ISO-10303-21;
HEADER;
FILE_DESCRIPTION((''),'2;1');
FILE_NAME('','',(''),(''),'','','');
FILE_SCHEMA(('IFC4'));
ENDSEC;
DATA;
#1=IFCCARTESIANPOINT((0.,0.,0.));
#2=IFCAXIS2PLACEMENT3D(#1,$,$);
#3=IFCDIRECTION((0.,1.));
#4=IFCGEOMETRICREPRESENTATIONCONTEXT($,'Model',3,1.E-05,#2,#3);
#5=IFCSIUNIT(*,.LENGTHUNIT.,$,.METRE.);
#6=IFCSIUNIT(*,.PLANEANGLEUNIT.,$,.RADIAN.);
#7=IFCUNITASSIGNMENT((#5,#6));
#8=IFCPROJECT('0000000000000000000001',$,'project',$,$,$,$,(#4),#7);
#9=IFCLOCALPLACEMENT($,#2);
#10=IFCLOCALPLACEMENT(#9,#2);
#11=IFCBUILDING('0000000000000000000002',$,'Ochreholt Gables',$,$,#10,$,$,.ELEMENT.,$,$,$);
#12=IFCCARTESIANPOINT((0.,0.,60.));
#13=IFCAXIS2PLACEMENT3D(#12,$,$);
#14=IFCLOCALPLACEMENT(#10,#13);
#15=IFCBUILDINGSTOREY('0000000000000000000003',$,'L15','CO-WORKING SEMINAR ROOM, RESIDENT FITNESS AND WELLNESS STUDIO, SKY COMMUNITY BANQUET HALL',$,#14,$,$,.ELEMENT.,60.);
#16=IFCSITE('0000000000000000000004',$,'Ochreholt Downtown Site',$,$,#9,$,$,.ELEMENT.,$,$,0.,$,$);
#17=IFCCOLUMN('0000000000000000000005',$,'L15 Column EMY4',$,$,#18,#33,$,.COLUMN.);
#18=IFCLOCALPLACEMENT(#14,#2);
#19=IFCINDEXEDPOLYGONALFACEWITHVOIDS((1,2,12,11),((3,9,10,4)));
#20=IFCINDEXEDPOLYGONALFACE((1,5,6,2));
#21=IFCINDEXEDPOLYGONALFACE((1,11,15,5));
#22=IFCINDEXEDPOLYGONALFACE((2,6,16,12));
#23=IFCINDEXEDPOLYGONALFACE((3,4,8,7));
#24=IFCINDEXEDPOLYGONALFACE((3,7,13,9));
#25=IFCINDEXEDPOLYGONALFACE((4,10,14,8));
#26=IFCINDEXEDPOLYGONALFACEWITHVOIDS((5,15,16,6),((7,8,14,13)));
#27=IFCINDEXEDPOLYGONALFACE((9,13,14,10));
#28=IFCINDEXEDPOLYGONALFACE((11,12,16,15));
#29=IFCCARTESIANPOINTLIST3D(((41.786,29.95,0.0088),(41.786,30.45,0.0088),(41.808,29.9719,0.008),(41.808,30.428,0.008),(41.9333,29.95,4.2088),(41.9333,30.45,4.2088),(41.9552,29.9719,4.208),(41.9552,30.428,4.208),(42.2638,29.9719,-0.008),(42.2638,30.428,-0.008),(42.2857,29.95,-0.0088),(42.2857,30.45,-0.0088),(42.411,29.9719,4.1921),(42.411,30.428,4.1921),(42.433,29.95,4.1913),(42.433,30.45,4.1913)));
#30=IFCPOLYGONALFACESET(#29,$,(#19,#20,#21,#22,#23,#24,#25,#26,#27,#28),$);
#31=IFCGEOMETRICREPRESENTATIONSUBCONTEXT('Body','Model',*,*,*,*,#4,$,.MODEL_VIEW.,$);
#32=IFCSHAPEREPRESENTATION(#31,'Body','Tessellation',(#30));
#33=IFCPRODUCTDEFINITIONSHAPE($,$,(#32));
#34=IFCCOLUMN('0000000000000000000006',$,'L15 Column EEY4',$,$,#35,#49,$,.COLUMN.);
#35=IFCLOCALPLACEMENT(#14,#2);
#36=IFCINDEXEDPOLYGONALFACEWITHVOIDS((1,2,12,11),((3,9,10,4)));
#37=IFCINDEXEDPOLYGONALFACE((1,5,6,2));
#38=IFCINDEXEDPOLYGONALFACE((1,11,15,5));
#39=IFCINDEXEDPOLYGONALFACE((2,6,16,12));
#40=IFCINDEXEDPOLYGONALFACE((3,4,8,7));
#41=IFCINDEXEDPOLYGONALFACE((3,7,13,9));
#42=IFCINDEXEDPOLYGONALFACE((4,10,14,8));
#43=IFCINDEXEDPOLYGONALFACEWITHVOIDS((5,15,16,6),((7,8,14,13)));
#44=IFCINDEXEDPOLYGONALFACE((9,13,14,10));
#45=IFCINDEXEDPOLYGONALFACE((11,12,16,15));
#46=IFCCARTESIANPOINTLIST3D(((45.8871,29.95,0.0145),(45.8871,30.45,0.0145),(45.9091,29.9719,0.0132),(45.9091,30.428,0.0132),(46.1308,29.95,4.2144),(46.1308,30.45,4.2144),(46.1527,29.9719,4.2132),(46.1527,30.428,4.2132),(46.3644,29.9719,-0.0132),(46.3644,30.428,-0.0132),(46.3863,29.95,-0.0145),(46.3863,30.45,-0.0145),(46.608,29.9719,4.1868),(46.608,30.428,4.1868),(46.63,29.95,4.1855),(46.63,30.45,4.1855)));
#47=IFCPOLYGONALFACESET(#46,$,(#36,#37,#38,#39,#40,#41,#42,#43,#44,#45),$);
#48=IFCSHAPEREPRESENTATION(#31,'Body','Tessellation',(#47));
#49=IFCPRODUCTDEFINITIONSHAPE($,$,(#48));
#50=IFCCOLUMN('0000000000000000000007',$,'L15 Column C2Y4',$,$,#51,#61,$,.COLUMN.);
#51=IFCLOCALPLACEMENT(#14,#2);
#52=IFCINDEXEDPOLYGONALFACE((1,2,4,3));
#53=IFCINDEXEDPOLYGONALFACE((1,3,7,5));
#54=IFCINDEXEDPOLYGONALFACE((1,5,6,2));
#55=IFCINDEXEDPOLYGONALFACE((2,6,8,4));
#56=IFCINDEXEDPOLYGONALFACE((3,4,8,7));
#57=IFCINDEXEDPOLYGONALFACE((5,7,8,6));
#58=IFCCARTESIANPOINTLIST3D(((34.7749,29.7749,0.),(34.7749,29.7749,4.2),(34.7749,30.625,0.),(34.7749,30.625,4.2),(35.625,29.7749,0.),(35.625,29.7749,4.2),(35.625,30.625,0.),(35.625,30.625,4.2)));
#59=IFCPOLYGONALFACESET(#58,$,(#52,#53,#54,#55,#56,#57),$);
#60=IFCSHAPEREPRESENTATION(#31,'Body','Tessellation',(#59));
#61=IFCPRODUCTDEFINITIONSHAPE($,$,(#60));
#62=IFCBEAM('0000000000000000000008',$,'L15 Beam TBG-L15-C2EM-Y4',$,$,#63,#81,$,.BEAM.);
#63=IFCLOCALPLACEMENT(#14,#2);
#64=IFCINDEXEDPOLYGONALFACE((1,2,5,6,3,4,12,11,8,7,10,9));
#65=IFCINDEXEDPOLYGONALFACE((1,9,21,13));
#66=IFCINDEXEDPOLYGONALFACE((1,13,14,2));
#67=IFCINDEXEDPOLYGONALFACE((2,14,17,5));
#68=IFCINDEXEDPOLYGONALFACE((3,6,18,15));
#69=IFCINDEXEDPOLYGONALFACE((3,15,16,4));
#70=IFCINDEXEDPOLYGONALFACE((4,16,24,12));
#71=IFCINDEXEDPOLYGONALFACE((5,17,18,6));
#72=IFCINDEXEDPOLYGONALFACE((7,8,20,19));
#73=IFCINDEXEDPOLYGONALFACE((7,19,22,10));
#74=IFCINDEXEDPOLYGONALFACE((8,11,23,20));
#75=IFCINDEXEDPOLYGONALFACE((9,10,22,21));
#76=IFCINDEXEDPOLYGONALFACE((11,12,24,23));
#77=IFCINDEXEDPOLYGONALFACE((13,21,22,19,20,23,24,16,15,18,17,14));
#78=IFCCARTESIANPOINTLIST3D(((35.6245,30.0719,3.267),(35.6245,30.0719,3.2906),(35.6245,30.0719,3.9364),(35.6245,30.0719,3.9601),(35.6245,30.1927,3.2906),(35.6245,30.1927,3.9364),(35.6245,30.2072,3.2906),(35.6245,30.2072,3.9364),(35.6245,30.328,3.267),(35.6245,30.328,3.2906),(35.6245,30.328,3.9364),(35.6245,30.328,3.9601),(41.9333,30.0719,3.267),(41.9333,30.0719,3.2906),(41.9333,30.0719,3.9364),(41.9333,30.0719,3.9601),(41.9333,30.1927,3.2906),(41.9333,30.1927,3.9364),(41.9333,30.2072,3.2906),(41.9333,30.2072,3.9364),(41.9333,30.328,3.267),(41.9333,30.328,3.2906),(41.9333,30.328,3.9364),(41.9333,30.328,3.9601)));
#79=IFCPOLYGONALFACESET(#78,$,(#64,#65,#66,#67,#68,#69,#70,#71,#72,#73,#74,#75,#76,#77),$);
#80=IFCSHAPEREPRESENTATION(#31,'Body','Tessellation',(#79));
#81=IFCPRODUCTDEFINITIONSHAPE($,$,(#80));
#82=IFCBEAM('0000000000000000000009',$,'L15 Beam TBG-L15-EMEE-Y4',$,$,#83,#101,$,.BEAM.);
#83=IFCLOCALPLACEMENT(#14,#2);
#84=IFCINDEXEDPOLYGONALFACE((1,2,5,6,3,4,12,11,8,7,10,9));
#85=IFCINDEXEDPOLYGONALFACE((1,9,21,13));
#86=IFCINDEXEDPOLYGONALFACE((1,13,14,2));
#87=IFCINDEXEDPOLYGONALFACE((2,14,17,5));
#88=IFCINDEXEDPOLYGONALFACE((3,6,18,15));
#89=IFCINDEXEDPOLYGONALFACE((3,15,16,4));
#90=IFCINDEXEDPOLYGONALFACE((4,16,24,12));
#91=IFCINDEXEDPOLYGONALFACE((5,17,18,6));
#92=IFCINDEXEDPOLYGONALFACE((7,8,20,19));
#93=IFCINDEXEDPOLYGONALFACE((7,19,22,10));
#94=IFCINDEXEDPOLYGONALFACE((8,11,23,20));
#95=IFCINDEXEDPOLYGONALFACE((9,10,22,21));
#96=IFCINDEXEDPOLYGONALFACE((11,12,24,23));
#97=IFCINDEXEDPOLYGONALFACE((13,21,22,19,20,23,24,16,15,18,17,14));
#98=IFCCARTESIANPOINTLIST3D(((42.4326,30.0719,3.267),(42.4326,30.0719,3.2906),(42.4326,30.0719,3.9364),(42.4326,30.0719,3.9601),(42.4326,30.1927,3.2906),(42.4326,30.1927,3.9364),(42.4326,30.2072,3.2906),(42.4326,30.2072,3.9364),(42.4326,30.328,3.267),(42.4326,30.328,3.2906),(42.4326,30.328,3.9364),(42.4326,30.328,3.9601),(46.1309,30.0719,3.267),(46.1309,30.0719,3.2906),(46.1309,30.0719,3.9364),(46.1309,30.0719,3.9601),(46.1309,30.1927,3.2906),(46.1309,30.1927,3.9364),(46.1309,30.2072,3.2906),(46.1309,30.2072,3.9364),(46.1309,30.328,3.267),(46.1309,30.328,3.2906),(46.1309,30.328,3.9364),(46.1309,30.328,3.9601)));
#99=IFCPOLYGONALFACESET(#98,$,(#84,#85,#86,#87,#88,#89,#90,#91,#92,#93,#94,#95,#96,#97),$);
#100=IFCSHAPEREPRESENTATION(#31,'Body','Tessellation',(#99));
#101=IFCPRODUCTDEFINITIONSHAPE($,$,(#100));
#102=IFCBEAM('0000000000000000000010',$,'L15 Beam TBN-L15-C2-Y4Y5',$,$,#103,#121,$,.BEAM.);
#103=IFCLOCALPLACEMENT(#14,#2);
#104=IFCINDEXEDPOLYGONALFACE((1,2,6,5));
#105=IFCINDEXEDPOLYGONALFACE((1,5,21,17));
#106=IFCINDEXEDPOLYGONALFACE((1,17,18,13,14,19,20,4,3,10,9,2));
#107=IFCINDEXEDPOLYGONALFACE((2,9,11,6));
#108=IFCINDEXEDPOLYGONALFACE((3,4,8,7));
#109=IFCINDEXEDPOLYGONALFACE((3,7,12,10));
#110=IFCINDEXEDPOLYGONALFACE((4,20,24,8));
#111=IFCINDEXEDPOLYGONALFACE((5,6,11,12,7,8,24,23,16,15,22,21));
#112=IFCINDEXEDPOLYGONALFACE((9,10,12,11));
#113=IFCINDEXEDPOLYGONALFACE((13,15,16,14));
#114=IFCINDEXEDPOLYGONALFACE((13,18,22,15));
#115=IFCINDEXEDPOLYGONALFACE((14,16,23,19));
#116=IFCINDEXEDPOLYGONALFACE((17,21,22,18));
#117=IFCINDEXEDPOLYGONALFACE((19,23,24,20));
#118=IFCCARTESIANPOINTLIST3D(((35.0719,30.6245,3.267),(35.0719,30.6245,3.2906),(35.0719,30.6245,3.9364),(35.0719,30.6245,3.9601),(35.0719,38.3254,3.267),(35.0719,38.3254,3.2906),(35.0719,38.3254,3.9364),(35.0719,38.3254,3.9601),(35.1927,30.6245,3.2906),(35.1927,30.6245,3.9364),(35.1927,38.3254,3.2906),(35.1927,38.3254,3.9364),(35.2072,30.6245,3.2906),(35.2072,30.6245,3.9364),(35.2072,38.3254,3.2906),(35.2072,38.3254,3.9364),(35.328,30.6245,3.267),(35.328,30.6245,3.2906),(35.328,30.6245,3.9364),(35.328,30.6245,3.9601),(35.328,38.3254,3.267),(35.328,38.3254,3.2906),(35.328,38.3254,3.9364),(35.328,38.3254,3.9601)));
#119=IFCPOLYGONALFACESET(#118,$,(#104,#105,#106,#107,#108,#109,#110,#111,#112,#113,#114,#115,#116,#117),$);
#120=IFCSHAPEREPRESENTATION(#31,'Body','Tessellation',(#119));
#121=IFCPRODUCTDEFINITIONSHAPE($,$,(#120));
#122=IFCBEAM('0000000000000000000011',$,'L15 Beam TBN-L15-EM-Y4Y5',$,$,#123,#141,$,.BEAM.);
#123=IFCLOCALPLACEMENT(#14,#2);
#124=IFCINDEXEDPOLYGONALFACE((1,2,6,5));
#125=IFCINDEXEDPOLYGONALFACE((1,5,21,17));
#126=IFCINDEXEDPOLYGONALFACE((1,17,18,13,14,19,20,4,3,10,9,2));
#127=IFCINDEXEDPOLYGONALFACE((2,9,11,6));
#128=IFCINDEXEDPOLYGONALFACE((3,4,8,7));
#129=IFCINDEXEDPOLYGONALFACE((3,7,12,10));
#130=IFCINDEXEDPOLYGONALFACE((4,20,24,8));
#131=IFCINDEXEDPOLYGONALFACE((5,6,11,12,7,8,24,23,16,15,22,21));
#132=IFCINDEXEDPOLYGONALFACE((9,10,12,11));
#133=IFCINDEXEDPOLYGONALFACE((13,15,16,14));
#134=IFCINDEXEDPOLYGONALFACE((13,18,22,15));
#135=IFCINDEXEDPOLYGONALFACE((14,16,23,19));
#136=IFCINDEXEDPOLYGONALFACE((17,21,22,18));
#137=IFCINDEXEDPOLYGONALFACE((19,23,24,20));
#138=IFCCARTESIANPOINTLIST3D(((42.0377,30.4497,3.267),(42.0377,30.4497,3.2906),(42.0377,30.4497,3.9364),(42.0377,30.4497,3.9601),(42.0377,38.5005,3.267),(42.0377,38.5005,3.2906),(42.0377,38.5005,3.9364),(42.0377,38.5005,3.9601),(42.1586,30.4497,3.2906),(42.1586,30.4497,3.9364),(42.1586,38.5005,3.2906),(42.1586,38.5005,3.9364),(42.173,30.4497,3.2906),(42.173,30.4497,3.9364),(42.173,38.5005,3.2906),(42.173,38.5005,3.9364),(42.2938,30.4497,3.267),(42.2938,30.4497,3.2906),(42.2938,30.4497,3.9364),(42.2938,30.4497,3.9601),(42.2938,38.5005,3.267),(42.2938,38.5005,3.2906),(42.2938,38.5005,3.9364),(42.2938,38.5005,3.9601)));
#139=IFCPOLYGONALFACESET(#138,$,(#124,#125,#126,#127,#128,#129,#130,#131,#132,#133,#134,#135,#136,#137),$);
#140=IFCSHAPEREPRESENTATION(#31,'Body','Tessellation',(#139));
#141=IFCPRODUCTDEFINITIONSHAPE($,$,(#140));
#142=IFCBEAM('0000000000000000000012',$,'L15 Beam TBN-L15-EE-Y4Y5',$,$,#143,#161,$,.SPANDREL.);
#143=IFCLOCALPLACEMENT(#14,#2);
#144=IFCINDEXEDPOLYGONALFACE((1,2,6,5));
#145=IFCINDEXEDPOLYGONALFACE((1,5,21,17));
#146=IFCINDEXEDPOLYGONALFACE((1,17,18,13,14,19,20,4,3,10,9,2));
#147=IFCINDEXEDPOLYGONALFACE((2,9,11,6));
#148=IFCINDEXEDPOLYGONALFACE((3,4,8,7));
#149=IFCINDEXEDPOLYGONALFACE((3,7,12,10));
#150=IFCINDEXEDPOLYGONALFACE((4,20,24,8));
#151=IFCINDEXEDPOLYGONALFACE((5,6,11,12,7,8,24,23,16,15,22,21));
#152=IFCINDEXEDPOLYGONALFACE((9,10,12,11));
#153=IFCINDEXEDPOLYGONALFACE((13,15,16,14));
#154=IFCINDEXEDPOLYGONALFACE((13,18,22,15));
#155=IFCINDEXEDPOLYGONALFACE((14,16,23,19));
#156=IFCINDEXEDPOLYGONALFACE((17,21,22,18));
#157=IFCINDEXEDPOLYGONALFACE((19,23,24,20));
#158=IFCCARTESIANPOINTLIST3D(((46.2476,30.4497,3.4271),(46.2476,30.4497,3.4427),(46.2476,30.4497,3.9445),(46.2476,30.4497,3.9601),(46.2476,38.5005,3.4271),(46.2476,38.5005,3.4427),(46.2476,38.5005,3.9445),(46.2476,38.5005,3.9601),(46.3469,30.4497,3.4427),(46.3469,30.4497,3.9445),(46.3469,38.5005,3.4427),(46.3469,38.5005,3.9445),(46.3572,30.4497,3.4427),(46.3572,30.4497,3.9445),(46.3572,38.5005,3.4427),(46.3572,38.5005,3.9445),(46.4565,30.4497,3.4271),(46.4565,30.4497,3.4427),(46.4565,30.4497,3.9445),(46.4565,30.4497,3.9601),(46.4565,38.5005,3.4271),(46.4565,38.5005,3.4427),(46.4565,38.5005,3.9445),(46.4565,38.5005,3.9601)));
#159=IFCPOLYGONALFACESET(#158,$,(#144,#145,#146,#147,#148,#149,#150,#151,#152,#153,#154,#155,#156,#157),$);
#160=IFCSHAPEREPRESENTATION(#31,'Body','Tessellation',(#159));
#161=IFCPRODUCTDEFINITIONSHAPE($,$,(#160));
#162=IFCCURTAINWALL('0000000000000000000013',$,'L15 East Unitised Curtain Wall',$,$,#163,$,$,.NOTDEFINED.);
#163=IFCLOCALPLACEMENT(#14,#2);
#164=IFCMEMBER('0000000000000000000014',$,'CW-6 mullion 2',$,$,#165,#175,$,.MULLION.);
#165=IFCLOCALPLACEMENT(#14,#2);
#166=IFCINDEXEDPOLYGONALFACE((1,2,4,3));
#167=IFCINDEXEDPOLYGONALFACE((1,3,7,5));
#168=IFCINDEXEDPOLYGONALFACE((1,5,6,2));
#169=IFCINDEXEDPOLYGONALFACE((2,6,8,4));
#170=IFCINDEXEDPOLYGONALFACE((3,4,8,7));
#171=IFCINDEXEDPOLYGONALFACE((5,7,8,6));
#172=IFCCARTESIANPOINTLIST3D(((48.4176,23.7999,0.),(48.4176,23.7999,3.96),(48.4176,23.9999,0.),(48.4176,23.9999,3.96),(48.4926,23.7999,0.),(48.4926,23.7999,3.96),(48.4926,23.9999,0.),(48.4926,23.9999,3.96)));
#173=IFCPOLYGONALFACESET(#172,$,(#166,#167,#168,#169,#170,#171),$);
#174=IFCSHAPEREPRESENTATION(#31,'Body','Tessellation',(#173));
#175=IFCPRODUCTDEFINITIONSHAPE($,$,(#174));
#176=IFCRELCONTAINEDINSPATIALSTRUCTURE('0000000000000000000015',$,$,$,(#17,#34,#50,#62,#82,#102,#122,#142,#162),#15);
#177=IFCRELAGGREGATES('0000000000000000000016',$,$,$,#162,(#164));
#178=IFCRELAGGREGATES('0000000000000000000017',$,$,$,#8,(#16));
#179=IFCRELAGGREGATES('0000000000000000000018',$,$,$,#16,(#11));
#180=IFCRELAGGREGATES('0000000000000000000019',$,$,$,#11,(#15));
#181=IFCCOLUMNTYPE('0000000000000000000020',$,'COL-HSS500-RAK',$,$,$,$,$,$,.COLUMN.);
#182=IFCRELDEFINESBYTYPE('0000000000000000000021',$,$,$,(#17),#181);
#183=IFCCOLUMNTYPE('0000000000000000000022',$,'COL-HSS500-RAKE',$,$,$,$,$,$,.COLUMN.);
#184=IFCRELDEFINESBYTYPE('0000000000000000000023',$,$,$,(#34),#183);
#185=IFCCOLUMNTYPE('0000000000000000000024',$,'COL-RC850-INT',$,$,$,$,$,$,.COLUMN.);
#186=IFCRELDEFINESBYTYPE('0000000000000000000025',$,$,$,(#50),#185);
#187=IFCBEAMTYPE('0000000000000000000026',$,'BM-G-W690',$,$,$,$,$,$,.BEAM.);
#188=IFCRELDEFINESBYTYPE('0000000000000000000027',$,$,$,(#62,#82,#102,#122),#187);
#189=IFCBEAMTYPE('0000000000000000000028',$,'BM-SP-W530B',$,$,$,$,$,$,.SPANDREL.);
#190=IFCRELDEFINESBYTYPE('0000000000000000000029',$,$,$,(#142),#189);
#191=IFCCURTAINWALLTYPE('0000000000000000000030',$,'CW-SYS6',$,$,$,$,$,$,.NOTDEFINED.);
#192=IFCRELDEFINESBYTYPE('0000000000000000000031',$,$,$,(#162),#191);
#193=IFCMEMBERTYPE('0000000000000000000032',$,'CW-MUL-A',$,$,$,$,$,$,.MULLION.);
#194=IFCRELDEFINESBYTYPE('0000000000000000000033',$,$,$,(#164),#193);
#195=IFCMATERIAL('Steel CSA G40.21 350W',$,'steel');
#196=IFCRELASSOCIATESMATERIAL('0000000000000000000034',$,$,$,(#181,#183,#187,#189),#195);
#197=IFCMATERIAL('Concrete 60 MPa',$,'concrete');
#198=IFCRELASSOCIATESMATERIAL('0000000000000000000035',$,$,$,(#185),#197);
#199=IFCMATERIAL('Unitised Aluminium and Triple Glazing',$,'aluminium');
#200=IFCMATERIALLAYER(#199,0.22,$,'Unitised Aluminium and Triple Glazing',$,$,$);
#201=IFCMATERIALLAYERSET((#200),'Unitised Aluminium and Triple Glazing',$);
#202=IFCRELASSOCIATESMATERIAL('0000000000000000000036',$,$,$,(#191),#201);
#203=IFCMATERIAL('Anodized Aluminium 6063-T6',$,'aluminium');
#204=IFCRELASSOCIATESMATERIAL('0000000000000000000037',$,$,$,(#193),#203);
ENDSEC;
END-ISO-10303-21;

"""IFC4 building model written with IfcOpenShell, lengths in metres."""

from ifc_helpers import new_model, si_unit, direction, frame, origin, origin_2d, place, context, subcontext, project, spatial, rectangle, hollow_rectangle, i_section, extrude, material, layer, layer_set, material_profile, profile_set, type_object, element, aggregate, save


model = new_model("IFC4")

# Units and contexts
model_context = context("Model", 3, precision=1e-05, world=origin(), true_north=direction((0.0, 1.0)))
body_context = subcontext(model_context, "Body", "Model", "MODEL_VIEW")
ifc_project = project(units=[si_unit("LENGTHUNIT", "METRE"), si_unit("PLANEANGLEUNIT", "RADIAN")], contexts=[model_context])

# Site, building, storey
site_placement = place(None, origin())
site = spatial("IfcSite", under=ifc_project, at=site_placement, Name="Ochreholt Downtown Site", CompositionType="ELEMENT", RefElevation=0.0)
building_placement = place(site_placement, origin())
building = spatial("IfcBuilding", under=site, at=building_placement, Name="Ochreholt Gables", CompositionType="ELEMENT")
storey_placement = place(building_placement, frame((0.0, 0.0, 60.0)))
storey = spatial("IfcBuildingStorey", under=building, at=storey_placement, Name="L15", Description="CO-WORKING SEMINAR ROOM, RESIDENT FITNESS AND WELLNESS STUDIO, SKY COMMUNITY BANQUET HALL", CompositionType="ELEMENT", Elevation=60.0)

# Columns
ifc_material_1 = material(Name="Steel CSA G40.21 350W", Category="steel")
ifc_material_profile_1 = material_profile(ifc_material_1, hollow_rectangle(XDim=0.5, YDim=0.5, WallThickness=0.022, at=origin_2d()), Name="HSS500X500X22")
ifc_profile_set_1 = profile_set([ifc_material_profile_1], Name="Steel CSA G40.21 350W")
column_type_1 = type_object("IfcColumnType", Name="COL-HSS500-RAK", PredefinedType="COLUMN", material=ifc_profile_set_1)
column_1_placement = place(storey_placement, frame((42.0359, 30.2, 0.0), z_axis=(0.035031, 0.0, 0.999386), x_axis=(0.0, 1.0, 0.0)))
element("IfcColumn", 1, at=column_1_placement, inside=storey, type_object=column_type_1, Name="L15 Column EMY4", PredefinedType="COLUMN", context=body_context, shape_type="SweptSolid", body=[
    extrude(hollow_rectangle(XDim=0.5, YDim=0.5, WallThickness=0.022, at=origin_2d()), origin(), (0.0, 0.0, 1.0), 4.2026),
])
ifc_material_profile_2 = material_profile(ifc_material_1, hollow_rectangle(XDim=0.5, YDim=0.5, WallThickness=0.022, at=origin_2d()), Name="HSS500X500X22")
ifc_profile_set_2 = profile_set([ifc_material_profile_2], Name="Steel CSA G40.21 350W")
column_type_2 = type_object("IfcColumnType", Name="COL-HSS500-RAKE", PredefinedType="COLUMN", material=ifc_profile_set_2)
column_2_placement = place(storey_placement, frame((46.1367, 30.2, 0.0), z_axis=(0.057916, 0.0, 0.998321), x_axis=(0.0, 1.0, 0.0)))
element("IfcColumn", 2, at=column_2_placement, inside=storey, type_object=column_type_2, Name="L15 Column EEY4", PredefinedType="COLUMN", context=body_context, shape_type="SweptSolid", body=[
    extrude(hollow_rectangle(XDim=0.5, YDim=0.5, WallThickness=0.022, at=origin_2d()), origin(), (0.0, 0.0, 1.0), 4.207),
])
ifc_material_2 = material(Name="Concrete 60 MPa", Category="concrete")
ifc_material_profile_3 = material_profile(ifc_material_2, rectangle(XDim=0.8501, YDim=0.8501, at=origin_2d()), Name="RC850X850")
ifc_profile_set_3 = profile_set([ifc_material_profile_3], Name="Concrete 60 MPa")
column_type_3 = type_object("IfcColumnType", Name="COL-RC850-INT", PredefinedType="COLUMN", material=ifc_profile_set_3)
column_3_placement = place(storey_placement, frame((35.2, 30.2, 0.0), z_axis=(0.0, 0.0, 1.0), x_axis=(1.0, 0.0, 0.0)))
element("IfcColumn", 3, at=column_3_placement, inside=storey, type_object=column_type_3, Name="L15 Column C2Y4", PredefinedType="COLUMN", context=body_context, shape_type="SweptSolid", body=[
    extrude(rectangle(XDim=0.8501, YDim=0.8501, at=origin_2d()), origin(), (0.0, 0.0, 1.0), 4.2),
])

# Beams
ifc_material_profile_4 = material_profile(ifc_material_1, i_section(OverallWidth=0.2561, OverallDepth=0.6931, WebThickness=0.0144, FlangeThickness=0.0237, at=origin_2d()), Name="W690X170")
ifc_profile_set_4 = profile_set([ifc_material_profile_4], Name="Steel CSA G40.21 350W")
beam_type_1 = type_object("IfcBeamType", Name="BM-G-W690", PredefinedType="BEAM", material=ifc_profile_set_4)
beam_1_placement = place(storey_placement, frame((35.6245, 30.2, 3.6135), z_axis=(1.0, 0.0, 0.0), x_axis=(0.0, 1.0, 0.0)))
element("IfcBeam", 4, at=beam_1_placement, inside=storey, type_object=beam_type_1, Name="L15 Beam TBG-L15-C2EM-Y4", PredefinedType="BEAM", context=body_context, shape_type="SweptSolid", body=[
    extrude(i_section(OverallWidth=0.2561, OverallDepth=0.6931, WebThickness=0.0144, FlangeThickness=0.0237, at=origin_2d()), origin(), (0.0, 0.0, 1.0), 6.3088),
])
beam_2_placement = place(storey_placement, frame((42.4326, 30.2, 3.6135), z_axis=(1.0, 0.0, 0.0), x_axis=(0.0, 1.0, 0.0)))
element("IfcBeam", 5, at=beam_2_placement, inside=storey, type_object=beam_type_1, Name="L15 Beam TBG-L15-EMEE-Y4", PredefinedType="BEAM", context=body_context, shape_type="SweptSolid", body=[
    extrude(i_section(OverallWidth=0.2561, OverallDepth=0.6931, WebThickness=0.0144, FlangeThickness=0.0237, at=origin_2d()), origin(), (0.0, 0.0, 1.0), 3.6982),
])
beam_3_placement = place(storey_placement, frame((35.2, 30.6245, 3.6135), z_axis=(0.0, 1.0, 0.0), x_axis=(-1.0, 0.0, 0.0)))
element("IfcBeam", 6, at=beam_3_placement, inside=storey, type_object=beam_type_1, Name="L15 Beam TBN-L15-C2-Y4Y5", PredefinedType="BEAM", context=body_context, shape_type="SweptSolid", body=[
    extrude(i_section(OverallWidth=0.2561, OverallDepth=0.6931, WebThickness=0.0144, FlangeThickness=0.0237, at=origin_2d()), origin(), (0.0, 0.0, 1.0), 7.7009),
])
beam_4_placement = place(storey_placement, frame((42.1658, 30.4497, 3.6135), z_axis=(0.0, 1.0, 0.0), x_axis=(-1.0, 0.0, 0.0)))
element("IfcBeam", 7, at=beam_4_placement, inside=storey, type_object=beam_type_1, Name="L15 Beam TBN-L15-EM-Y4Y5", PredefinedType="BEAM", context=body_context, shape_type="SweptSolid", body=[
    extrude(i_section(OverallWidth=0.2561, OverallDepth=0.6931, WebThickness=0.0144, FlangeThickness=0.0237, at=origin_2d()), origin(), (0.0, 0.0, 1.0), 8.0508),
])
ifc_material_profile_5 = material_profile(ifc_material_1, i_section(OverallWidth=0.209, OverallDepth=0.533, WebThickness=0.0103, FlangeThickness=0.0156, at=origin_2d()), Name="W530X92")
ifc_profile_set_5 = profile_set([ifc_material_profile_5], Name="Steel CSA G40.21 350W")
beam_type_2 = type_object("IfcBeamType", Name="BM-SP-W530B", PredefinedType="SPANDREL", material=ifc_profile_set_5)
beam_5_placement = place(storey_placement, frame((46.3521, 30.4497, 3.6936), z_axis=(0.0, 1.0, 0.0), x_axis=(-1.0, 0.0, 0.0)))
element("IfcBeam", 8, at=beam_5_placement, inside=storey, type_object=beam_type_2, Name="L15 Beam TBN-L15-EE-Y4Y5", PredefinedType="SPANDREL", context=body_context, shape_type="SweptSolid", body=[
    extrude(i_section(OverallWidth=0.209, OverallDepth=0.533, WebThickness=0.0103, FlangeThickness=0.0156, at=origin_2d()), origin(), (0.0, 0.0, 1.0), 8.0508),
])

# Curtain wall, member
ifc_material_3 = material(Name="Unitised Aluminium and Triple Glazing", Category="aluminium")
ifc_layer_1 = layer(ifc_material_3, 0.22, Name="Unitised Aluminium and Triple Glazing")
ifc_layer_set_1 = layer_set([ifc_layer_1], Name="Unitised Aluminium and Triple Glazing")
curtain_wall_type = type_object("IfcCurtainWallType", Name="CW-SYS6", PredefinedType="NOTDEFINED", material=ifc_layer_set_1)
curtain_wall_placement = place(storey_placement, origin())
curtain_wall = element("IfcCurtainWall", 9, at=curtain_wall_placement, inside=storey, type_object=curtain_wall_type, Name="L15 East Unitised Curtain Wall", PredefinedType="NOTDEFINED")
ifc_material_4 = material(Name="Anodized Aluminium 6063-T6", Category="aluminium")
ifc_material_profile_6 = material_profile(ifc_material_4, rectangle(XDim=0.075, YDim=0.2, at=origin_2d()), Name="CWM75X200")
ifc_profile_set_6 = profile_set([ifc_material_profile_6], Name="Anodized Aluminium 6063-T6")
member_type_1 = type_object("IfcMemberType", Name="CW-MUL-A", PredefinedType="MULLION", material=ifc_profile_set_6)
member_1_placement = place(storey_placement, frame((48.4551, 23.8999, 0.0), z_axis=(0.0, 0.0, 1.0), x_axis=(-1.0, 0.0, 0.0)))
member_1 = element("IfcMember", 10, at=member_1_placement, type_object=member_type_1, Name="CW-6 mullion 2", PredefinedType="MULLION", context=body_context, shape_type="SweptSolid", body=[
    extrude(rectangle(XDim=0.075, YDim=0.2, at=origin_2d()), origin(), (0.0, 0.0, 1.0), 3.96),
])
aggregate(curtain_wall, [member_1])

save(model, "model.ifc")
